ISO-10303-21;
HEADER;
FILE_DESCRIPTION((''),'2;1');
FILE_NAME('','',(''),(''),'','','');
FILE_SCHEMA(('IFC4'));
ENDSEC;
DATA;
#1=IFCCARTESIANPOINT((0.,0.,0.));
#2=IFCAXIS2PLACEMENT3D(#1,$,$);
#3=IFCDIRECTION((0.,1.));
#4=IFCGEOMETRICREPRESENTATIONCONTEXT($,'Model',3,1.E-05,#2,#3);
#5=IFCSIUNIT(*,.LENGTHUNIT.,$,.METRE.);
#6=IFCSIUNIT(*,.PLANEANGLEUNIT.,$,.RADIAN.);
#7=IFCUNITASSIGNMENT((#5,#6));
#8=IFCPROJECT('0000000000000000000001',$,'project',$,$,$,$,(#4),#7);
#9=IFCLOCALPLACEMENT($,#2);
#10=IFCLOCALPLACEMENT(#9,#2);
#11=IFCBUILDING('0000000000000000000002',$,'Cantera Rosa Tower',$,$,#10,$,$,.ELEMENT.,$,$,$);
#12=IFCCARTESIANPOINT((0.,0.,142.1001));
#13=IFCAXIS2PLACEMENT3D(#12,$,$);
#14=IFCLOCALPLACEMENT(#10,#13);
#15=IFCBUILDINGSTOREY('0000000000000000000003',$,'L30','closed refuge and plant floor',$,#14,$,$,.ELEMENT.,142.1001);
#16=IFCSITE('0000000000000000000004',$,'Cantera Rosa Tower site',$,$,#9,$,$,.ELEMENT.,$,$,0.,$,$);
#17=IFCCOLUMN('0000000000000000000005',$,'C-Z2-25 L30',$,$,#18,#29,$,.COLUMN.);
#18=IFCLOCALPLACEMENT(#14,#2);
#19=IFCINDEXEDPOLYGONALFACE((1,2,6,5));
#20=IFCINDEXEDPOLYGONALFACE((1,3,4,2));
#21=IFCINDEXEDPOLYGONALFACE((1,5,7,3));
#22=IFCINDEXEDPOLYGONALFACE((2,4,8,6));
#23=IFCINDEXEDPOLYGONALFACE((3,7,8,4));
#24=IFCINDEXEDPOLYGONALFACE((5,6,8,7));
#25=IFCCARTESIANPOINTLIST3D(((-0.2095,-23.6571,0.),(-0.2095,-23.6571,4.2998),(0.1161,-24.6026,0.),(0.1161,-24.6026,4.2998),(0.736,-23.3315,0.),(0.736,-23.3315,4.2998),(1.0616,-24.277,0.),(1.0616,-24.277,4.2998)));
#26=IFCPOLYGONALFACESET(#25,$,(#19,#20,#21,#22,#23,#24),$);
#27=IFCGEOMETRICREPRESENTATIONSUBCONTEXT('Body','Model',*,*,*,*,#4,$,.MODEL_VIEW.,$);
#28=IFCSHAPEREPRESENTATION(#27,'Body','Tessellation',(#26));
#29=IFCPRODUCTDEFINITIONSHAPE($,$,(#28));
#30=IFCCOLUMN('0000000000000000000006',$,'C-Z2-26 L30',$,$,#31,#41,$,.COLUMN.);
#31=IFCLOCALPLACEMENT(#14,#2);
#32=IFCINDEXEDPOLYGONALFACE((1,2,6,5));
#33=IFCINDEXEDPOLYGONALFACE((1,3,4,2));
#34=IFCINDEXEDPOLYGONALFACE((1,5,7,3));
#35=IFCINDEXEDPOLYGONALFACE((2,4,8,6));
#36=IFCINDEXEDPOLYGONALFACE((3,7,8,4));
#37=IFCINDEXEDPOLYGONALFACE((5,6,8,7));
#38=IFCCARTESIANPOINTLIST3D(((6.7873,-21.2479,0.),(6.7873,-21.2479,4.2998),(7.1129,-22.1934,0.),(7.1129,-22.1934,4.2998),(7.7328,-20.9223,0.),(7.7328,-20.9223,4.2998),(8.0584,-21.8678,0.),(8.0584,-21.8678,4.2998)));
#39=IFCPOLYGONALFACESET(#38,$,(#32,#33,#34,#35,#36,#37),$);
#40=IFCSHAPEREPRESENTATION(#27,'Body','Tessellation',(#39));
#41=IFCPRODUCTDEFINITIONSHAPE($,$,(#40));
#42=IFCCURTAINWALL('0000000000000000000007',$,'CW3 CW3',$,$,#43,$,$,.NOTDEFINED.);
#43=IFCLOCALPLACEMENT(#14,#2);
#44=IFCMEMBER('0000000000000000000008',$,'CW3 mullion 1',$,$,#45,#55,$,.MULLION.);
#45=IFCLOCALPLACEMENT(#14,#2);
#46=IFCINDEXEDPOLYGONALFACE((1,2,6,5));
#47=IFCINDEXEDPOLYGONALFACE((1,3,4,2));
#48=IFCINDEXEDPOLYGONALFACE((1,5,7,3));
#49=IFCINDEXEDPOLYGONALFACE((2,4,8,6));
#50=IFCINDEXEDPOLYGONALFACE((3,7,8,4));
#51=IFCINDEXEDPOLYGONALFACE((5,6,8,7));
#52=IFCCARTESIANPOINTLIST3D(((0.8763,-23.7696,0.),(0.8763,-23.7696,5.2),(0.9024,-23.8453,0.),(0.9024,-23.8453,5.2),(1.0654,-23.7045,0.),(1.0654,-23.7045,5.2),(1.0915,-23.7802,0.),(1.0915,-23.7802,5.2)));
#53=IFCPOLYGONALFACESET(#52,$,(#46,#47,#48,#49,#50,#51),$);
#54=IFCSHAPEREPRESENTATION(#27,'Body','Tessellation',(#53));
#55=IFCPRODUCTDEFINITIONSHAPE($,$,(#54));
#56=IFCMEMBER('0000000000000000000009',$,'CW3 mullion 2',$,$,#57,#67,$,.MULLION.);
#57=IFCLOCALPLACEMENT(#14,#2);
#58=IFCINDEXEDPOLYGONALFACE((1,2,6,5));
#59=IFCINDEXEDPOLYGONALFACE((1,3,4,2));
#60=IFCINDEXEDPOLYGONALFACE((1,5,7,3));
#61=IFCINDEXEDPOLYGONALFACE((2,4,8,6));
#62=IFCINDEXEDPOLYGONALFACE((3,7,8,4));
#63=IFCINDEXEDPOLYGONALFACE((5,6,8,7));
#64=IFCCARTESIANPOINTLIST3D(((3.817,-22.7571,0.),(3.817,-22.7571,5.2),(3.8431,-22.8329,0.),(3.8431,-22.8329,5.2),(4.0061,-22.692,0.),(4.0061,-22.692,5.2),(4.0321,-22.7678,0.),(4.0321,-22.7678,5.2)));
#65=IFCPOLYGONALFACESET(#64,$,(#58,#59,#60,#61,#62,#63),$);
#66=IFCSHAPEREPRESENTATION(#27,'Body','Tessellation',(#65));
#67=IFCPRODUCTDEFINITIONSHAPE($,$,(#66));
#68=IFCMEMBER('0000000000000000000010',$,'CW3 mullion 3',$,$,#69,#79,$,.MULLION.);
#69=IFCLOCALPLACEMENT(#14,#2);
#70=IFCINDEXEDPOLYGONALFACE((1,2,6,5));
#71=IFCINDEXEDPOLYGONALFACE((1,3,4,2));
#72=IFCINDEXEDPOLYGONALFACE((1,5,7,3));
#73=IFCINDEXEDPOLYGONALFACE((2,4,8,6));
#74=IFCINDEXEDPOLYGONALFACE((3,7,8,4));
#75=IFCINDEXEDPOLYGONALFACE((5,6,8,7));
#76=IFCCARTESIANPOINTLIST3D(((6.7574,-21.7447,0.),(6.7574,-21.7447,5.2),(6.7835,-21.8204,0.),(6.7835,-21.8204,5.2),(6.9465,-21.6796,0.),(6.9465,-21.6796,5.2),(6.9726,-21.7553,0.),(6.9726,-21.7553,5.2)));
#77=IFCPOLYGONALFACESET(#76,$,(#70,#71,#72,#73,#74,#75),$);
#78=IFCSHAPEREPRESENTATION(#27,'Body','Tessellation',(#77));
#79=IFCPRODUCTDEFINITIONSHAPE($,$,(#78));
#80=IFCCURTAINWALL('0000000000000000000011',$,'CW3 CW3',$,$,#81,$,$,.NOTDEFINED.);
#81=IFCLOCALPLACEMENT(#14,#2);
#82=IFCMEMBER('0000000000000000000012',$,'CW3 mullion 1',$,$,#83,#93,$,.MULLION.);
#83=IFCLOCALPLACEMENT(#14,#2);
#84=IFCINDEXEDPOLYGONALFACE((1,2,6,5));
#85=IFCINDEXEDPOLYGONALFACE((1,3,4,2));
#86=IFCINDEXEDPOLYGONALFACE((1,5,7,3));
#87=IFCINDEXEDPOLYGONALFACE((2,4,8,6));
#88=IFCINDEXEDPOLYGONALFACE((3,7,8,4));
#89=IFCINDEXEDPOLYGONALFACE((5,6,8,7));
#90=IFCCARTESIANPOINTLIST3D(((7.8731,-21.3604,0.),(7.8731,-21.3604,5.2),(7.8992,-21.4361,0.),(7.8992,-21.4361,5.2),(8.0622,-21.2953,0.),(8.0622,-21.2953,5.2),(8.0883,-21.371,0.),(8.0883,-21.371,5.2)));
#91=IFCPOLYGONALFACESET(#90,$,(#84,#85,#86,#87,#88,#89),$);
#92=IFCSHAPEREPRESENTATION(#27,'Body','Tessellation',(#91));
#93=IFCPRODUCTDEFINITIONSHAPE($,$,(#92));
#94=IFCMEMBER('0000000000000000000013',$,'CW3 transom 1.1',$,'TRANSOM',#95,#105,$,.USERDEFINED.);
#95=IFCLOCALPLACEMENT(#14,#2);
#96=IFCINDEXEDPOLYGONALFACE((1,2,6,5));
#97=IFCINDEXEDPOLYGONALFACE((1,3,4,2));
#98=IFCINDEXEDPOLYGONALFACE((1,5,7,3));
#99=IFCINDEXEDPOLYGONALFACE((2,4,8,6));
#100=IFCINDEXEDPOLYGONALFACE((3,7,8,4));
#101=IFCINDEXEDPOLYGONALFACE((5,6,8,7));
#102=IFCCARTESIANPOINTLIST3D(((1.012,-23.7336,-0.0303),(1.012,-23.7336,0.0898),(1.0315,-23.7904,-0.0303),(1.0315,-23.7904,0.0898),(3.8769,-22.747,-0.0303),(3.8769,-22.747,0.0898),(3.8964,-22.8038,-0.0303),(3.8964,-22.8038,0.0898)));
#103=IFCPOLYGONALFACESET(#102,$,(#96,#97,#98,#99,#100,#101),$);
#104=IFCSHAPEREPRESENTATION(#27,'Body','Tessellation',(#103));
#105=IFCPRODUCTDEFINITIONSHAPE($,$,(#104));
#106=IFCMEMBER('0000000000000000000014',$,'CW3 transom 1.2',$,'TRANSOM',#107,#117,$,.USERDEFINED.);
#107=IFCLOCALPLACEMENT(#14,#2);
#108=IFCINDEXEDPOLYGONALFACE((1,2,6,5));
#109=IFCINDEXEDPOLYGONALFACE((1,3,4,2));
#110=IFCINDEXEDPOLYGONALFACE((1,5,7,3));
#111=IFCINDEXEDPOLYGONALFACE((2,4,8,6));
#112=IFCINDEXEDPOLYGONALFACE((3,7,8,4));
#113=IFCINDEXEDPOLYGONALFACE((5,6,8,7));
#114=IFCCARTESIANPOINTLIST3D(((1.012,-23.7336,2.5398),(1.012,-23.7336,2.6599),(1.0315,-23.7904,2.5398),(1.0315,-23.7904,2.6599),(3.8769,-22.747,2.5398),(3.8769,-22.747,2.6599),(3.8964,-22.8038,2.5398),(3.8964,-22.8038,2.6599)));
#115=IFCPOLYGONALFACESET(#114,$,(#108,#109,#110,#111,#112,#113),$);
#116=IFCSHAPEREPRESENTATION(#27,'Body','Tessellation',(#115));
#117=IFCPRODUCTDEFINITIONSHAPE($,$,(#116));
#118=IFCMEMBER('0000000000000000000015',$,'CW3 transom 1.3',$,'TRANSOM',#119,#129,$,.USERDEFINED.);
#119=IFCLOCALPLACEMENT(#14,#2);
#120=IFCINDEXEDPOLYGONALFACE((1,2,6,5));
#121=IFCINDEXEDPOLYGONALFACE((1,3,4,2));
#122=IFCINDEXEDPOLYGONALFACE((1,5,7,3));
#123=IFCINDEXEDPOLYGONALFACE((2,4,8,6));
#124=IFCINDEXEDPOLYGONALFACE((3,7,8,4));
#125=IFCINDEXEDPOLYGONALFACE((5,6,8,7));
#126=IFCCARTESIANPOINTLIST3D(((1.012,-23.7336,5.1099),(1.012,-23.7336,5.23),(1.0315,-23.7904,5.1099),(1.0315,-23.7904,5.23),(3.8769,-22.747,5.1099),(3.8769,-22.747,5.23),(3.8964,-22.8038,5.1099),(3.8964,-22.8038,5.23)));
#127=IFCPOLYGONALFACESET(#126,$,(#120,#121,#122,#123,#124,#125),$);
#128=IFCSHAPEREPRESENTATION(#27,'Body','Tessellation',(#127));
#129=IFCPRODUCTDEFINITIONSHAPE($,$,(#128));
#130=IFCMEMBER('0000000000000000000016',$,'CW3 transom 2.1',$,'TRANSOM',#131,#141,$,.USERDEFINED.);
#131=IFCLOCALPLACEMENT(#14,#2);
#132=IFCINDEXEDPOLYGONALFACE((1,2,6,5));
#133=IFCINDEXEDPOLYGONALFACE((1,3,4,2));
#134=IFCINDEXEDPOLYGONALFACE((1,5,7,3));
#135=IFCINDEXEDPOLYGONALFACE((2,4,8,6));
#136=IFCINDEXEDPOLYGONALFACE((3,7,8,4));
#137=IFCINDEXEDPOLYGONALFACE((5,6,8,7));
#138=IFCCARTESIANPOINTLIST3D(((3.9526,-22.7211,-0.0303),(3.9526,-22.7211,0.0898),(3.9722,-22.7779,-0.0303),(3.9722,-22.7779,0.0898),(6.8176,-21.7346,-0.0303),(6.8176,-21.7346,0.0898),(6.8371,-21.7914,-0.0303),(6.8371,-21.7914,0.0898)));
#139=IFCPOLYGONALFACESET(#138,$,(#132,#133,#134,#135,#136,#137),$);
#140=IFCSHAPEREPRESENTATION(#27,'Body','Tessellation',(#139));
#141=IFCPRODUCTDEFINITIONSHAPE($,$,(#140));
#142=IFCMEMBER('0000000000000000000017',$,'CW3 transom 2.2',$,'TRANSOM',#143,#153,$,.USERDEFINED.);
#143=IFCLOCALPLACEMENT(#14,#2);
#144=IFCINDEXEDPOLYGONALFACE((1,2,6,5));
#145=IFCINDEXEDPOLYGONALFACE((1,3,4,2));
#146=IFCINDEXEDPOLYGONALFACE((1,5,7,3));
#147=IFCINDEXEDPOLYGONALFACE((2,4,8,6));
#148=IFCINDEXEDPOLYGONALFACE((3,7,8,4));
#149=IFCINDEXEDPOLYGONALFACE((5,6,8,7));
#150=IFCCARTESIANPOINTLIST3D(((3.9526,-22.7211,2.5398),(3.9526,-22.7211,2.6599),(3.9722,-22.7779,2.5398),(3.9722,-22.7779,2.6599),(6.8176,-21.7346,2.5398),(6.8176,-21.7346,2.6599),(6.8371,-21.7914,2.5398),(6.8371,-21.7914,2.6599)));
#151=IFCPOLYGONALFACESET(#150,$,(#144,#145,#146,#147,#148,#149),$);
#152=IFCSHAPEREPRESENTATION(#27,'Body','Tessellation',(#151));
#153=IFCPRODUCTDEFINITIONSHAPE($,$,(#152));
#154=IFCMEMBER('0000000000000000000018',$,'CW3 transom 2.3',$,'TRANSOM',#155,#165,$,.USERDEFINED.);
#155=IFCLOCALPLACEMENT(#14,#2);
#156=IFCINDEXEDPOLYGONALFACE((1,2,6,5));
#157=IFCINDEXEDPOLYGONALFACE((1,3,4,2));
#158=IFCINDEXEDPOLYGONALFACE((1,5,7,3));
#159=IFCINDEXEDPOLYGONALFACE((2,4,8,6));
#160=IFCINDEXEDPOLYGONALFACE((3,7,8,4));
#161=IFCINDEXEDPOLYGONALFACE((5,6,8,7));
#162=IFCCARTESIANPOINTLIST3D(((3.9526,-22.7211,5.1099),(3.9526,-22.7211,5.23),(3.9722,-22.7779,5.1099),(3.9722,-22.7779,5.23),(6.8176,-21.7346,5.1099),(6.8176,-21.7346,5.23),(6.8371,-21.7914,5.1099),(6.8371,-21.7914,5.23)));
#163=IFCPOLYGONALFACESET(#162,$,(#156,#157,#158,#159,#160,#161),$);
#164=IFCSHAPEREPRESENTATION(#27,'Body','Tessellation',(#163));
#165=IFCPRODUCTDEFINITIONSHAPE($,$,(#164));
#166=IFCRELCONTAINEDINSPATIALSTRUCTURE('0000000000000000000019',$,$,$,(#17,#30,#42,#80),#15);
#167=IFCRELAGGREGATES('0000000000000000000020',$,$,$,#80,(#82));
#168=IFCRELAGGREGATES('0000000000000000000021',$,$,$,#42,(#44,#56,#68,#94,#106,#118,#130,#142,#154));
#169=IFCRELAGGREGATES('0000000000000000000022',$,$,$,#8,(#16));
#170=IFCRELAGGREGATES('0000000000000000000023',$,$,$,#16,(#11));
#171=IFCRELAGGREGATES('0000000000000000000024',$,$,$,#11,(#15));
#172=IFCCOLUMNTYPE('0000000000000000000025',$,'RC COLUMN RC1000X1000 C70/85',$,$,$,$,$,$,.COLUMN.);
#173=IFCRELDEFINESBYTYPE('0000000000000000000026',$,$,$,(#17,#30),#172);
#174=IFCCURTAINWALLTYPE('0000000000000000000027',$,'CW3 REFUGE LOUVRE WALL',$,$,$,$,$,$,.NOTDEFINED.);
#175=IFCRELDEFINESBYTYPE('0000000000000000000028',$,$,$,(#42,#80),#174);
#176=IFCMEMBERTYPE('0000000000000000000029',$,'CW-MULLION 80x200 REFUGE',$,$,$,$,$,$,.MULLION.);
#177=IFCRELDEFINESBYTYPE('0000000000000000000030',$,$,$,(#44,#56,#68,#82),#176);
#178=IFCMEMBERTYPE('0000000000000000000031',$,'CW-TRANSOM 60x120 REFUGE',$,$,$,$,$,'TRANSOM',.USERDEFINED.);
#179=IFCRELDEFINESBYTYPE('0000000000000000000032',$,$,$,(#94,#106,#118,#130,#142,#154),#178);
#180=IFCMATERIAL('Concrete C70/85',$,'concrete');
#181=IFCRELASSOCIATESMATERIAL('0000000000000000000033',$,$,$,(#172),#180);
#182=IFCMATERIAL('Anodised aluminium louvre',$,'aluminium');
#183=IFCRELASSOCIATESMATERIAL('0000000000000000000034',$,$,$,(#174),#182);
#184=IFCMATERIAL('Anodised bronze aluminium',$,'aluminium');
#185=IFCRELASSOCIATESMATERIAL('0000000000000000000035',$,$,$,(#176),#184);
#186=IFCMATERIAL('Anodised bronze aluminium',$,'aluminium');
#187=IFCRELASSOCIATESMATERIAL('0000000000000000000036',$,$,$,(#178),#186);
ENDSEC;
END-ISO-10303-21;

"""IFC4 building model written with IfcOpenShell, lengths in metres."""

from ifc_helpers import new_model, si_unit, direction, frame, origin, origin_2d, place, context, subcontext, project, spatial, rectangle, extrude, material, material_profile, profile_set, type_object, element, aggregate, save


model = new_model("IFC4")

# Units and contexts
model_context = context("Model", 3, precision=1e-05, world=origin(), true_north=direction((0.0, 1.0)))
body_context = subcontext(model_context, "Body", "Model", "MODEL_VIEW")
ifc_project = project(units=[si_unit("LENGTHUNIT", "METRE"), si_unit("PLANEANGLEUNIT", "RADIAN")], contexts=[model_context])

# Site, building, storey
site_placement = place(None, origin())
site = spatial("IfcSite", under=ifc_project, at=site_placement, Name="Cantera Rosa Tower site", CompositionType="ELEMENT", RefElevation=0.0)
building_placement = place(site_placement, origin())
building = spatial("IfcBuilding", under=site, at=building_placement, Name="Cantera Rosa Tower", CompositionType="ELEMENT")
storey_placement = place(building_placement, frame((0.0, 0.0, 142.1001)))
storey = spatial("IfcBuildingStorey", under=building, at=storey_placement, Name="L30", Description="closed refuge and plant floor", CompositionType="ELEMENT", Elevation=142.1001)

# Columns
ifc_material_1 = material(Name="Concrete C70/85", Category="concrete")
ifc_material_profile_1 = material_profile(ifc_material_1, rectangle(XDim=1.0, YDim=1.0, at=origin_2d()), Name="RC COLUMN RC1000X1000 C70/85")
ifc_profile_set_1 = profile_set([ifc_material_profile_1], Name="Concrete C70/85")
column_type = type_object("IfcColumnType", Name="RC COLUMN RC1000X1000 C70/85", PredefinedType="COLUMN", material=ifc_profile_set_1)
for number, where, z_axis, x_axis, name in (
    (1, (0.426, -23.967, 0.0), (0.0, 0.0, 1.0), (0.945519, 0.325568, 0.0), "C-Z2-25 L30"),
    (2, (7.4229, -21.5579, 0.0), (0.0, 0.0, 1.0), (0.945519, 0.325568, 0.0), "C-Z2-26 L30"),
):
    element("IfcColumn", number, at=place(storey_placement, frame(where, z_axis=z_axis, x_axis=x_axis)), inside=storey, type_object=column_type, Name=name, PredefinedType="COLUMN", context=body_context, shape_type="SweptSolid", body=[
        extrude(rectangle(XDim=1.0, YDim=1.0, at=origin_2d()), origin(), (0.0, 0.0, 1.0), 4.2998),
    ])

# Curtain wall, members
ifc_material_2 = material(Name="Anodised aluminium louvre", Category="aluminium")
curtain_wall_type = type_object("IfcCurtainWallType", Name="CW3 REFUGE LOUVRE WALL", PredefinedType="NOTDEFINED", material=ifc_material_2)
curtain_wall_1_placement = place(storey_placement, origin())
curtain_wall_1 = element("IfcCurtainWall", 3, at=curtain_wall_1_placement, inside=storey, type_object=curtain_wall_type, Name="CW3 CW3", PredefinedType="NOTDEFINED")
ifc_material_3 = material(Name="Anodised bronze aluminium", Category="aluminium")
ifc_material_profile_2 = material_profile(ifc_material_3, rectangle(XDim=0.0801, YDim=0.2, at=origin_2d()), Name="CW-MULLION 80x200 REFUGE")
ifc_profile_set_2 = profile_set([ifc_material_profile_2], Name="Anodised bronze aluminium")
member_type_1 = type_object("IfcMemberType", Name="CW-MULLION 80x200 REFUGE", PredefinedType="MULLION", material=ifc_profile_set_2)
member_1_placement = place(storey_placement, frame((0.9839, -23.7749, 0.0), z_axis=(0.0, 0.0, 1.0), x_axis=(-0.325568, 0.945519, 0.0)))
member_1 = element("IfcMember", 4, at=member_1_placement, type_object=member_type_1, Name="CW3 mullion 1", PredefinedType="MULLION", context=body_context, shape_type="SweptSolid", body=[
    extrude(rectangle(XDim=0.0801, YDim=0.2, at=origin_2d()), origin(), (0.0, 0.0, 1.0), 5.2),
])
member_2_placement = place(storey_placement, frame((3.9246, -22.7625, 0.0), z_axis=(0.0, 0.0, 1.0), x_axis=(-0.325568, 0.945519, 0.0)))
member_2 = element("IfcMember", 5, at=member_2_placement, type_object=member_type_1, Name="CW3 mullion 2", PredefinedType="MULLION", context=body_context, shape_type="SweptSolid", body=[
    extrude(rectangle(XDim=0.0801, YDim=0.2, at=origin_2d()), origin(), (0.0, 0.0, 1.0), 5.2),
])
member_3_placement = place(storey_placement, frame((6.865, -21.75, 0.0), z_axis=(0.0, 0.0, 1.0), x_axis=(-0.325568, 0.945519, 0.0)))
member_3 = element("IfcMember", 6, at=member_3_placement, type_object=member_type_1, Name="CW3 mullion 3", PredefinedType="MULLION", context=body_context, shape_type="SweptSolid", body=[
    extrude(rectangle(XDim=0.0801, YDim=0.2, at=origin_2d()), origin(), (0.0, 0.0, 1.0), 5.2),
])

# Curtain wall, member
curtain_wall_2_placement = place(storey_placement, origin())
curtain_wall_2 = element("IfcCurtainWall", 7, at=curtain_wall_2_placement, inside=storey, type_object=curtain_wall_type, Name="CW3 CW3", PredefinedType="NOTDEFINED")
member_4_placement = place(storey_placement, frame((7.9807, -21.3657, 0.0), z_axis=(0.0, 0.0, 1.0), x_axis=(-0.325568, 0.945519, 0.0)))
member_4 = element("IfcMember", 8, at=member_4_placement, type_object=member_type_1, Name="CW3 mullion 1", PredefinedType="MULLION", context=body_context, shape_type="SweptSolid", body=[
    extrude(rectangle(XDim=0.0801, YDim=0.2, at=origin_2d()), origin(), (0.0, 0.0, 1.0), 5.2),
])
aggregate(curtain_wall_2, [member_4])

# Members
ifc_material_4 = material(Name="Anodised bronze aluminium", Category="aluminium")
ifc_material_profile_3 = material_profile(ifc_material_4, rectangle(XDim=0.0601, YDim=0.1201, at=origin_2d()), Name="CW-TRANSOM 60x120 REFUGE")
ifc_profile_set_3 = profile_set([ifc_material_profile_3], Name="Anodised bronze aluminium")
member_type_2 = type_object("IfcMemberType", Name="CW-TRANSOM 60x120 REFUGE", ElementType="TRANSOM", PredefinedType="USERDEFINED", material=ifc_profile_set_3)
member_5_placement = place(storey_placement, frame((1.0217, -23.762, 0.0298), z_axis=(0.945511, 0.325591, 0.0), x_axis=(-0.325591, 0.945511, 0.0)))
member_5 = element("IfcMember", 9, at=member_5_placement, type_object=member_type_2, Name="CW3 transom 1.1", ObjectType="TRANSOM", PredefinedType="USERDEFINED", context=body_context, shape_type="SweptSolid", body=[
    extrude(rectangle(XDim=0.0601, YDim=0.1201, at=origin_2d()), origin(), (0.0, 0.0, 1.0), 3.03),
])
member_6_placement = place(storey_placement, frame((1.0217, -23.762, 2.5999), z_axis=(0.945511, 0.325591, 0.0), x_axis=(-0.325591, 0.945511, 0.0)))
member_6 = element("IfcMember", 10, at=member_6_placement, type_object=member_type_2, Name="CW3 transom 1.2", ObjectType="TRANSOM", PredefinedType="USERDEFINED", context=body_context, shape_type="SweptSolid", body=[
    extrude(rectangle(XDim=0.0601, YDim=0.1201, at=origin_2d()), origin(), (0.0, 0.0, 1.0), 3.03),
])
member_7_placement = place(storey_placement, frame((1.0217, -23.762, 5.1699), z_axis=(0.945511, 0.325591, 0.0), x_axis=(-0.325591, 0.945511, 0.0)))
member_7 = element("IfcMember", 11, at=member_7_placement, type_object=member_type_2, Name="CW3 transom 1.3", ObjectType="TRANSOM", PredefinedType="USERDEFINED", context=body_context, shape_type="SweptSolid", body=[
    extrude(rectangle(XDim=0.0601, YDim=0.1201, at=origin_2d()), origin(), (0.0, 0.0, 1.0), 3.03),
])
member_8_placement = place(storey_placement, frame((3.9624, -22.7495, 0.0298), z_axis=(0.945511, 0.325591, 0.0), x_axis=(-0.325591, 0.945511, 0.0)))
member_8 = element("IfcMember", 12, at=member_8_placement, type_object=member_type_2, Name="CW3 transom 2.1", ObjectType="TRANSOM", PredefinedType="USERDEFINED", context=body_context, shape_type="SweptSolid", body=[
    extrude(rectangle(XDim=0.0601, YDim=0.1201, at=origin_2d()), origin(), (0.0, 0.0, 1.0), 3.03),
])
member_9_placement = place(storey_placement, frame((3.9624, -22.7495, 2.5999), z_axis=(0.945511, 0.325591, 0.0), x_axis=(-0.325591, 0.945511, 0.0)))
member_9 = element("IfcMember", 13, at=member_9_placement, type_object=member_type_2, Name="CW3 transom 2.2", ObjectType="TRANSOM", PredefinedType="USERDEFINED", context=body_context, shape_type="SweptSolid", body=[
    extrude(rectangle(XDim=0.0601, YDim=0.1201, at=origin_2d()), origin(), (0.0, 0.0, 1.0), 3.03),
])
member_10_placement = place(storey_placement, frame((3.9624, -22.7495, 5.1699), z_axis=(0.945511, 0.325591, 0.0), x_axis=(-0.325591, 0.945511, 0.0)))
member_10 = element("IfcMember", 14, at=member_10_placement, type_object=member_type_2, Name="CW3 transom 2.3", ObjectType="TRANSOM", PredefinedType="USERDEFINED", context=body_context, shape_type="SweptSolid", body=[
    extrude(rectangle(XDim=0.0601, YDim=0.1201, at=origin_2d()), origin(), (0.0, 0.0, 1.0), 3.03),
])

aggregate(curtain_wall_1, [member_1, member_2, member_3, member_5, member_6, member_7, member_8, member_9, member_10])

save(model, "model.ifc")
